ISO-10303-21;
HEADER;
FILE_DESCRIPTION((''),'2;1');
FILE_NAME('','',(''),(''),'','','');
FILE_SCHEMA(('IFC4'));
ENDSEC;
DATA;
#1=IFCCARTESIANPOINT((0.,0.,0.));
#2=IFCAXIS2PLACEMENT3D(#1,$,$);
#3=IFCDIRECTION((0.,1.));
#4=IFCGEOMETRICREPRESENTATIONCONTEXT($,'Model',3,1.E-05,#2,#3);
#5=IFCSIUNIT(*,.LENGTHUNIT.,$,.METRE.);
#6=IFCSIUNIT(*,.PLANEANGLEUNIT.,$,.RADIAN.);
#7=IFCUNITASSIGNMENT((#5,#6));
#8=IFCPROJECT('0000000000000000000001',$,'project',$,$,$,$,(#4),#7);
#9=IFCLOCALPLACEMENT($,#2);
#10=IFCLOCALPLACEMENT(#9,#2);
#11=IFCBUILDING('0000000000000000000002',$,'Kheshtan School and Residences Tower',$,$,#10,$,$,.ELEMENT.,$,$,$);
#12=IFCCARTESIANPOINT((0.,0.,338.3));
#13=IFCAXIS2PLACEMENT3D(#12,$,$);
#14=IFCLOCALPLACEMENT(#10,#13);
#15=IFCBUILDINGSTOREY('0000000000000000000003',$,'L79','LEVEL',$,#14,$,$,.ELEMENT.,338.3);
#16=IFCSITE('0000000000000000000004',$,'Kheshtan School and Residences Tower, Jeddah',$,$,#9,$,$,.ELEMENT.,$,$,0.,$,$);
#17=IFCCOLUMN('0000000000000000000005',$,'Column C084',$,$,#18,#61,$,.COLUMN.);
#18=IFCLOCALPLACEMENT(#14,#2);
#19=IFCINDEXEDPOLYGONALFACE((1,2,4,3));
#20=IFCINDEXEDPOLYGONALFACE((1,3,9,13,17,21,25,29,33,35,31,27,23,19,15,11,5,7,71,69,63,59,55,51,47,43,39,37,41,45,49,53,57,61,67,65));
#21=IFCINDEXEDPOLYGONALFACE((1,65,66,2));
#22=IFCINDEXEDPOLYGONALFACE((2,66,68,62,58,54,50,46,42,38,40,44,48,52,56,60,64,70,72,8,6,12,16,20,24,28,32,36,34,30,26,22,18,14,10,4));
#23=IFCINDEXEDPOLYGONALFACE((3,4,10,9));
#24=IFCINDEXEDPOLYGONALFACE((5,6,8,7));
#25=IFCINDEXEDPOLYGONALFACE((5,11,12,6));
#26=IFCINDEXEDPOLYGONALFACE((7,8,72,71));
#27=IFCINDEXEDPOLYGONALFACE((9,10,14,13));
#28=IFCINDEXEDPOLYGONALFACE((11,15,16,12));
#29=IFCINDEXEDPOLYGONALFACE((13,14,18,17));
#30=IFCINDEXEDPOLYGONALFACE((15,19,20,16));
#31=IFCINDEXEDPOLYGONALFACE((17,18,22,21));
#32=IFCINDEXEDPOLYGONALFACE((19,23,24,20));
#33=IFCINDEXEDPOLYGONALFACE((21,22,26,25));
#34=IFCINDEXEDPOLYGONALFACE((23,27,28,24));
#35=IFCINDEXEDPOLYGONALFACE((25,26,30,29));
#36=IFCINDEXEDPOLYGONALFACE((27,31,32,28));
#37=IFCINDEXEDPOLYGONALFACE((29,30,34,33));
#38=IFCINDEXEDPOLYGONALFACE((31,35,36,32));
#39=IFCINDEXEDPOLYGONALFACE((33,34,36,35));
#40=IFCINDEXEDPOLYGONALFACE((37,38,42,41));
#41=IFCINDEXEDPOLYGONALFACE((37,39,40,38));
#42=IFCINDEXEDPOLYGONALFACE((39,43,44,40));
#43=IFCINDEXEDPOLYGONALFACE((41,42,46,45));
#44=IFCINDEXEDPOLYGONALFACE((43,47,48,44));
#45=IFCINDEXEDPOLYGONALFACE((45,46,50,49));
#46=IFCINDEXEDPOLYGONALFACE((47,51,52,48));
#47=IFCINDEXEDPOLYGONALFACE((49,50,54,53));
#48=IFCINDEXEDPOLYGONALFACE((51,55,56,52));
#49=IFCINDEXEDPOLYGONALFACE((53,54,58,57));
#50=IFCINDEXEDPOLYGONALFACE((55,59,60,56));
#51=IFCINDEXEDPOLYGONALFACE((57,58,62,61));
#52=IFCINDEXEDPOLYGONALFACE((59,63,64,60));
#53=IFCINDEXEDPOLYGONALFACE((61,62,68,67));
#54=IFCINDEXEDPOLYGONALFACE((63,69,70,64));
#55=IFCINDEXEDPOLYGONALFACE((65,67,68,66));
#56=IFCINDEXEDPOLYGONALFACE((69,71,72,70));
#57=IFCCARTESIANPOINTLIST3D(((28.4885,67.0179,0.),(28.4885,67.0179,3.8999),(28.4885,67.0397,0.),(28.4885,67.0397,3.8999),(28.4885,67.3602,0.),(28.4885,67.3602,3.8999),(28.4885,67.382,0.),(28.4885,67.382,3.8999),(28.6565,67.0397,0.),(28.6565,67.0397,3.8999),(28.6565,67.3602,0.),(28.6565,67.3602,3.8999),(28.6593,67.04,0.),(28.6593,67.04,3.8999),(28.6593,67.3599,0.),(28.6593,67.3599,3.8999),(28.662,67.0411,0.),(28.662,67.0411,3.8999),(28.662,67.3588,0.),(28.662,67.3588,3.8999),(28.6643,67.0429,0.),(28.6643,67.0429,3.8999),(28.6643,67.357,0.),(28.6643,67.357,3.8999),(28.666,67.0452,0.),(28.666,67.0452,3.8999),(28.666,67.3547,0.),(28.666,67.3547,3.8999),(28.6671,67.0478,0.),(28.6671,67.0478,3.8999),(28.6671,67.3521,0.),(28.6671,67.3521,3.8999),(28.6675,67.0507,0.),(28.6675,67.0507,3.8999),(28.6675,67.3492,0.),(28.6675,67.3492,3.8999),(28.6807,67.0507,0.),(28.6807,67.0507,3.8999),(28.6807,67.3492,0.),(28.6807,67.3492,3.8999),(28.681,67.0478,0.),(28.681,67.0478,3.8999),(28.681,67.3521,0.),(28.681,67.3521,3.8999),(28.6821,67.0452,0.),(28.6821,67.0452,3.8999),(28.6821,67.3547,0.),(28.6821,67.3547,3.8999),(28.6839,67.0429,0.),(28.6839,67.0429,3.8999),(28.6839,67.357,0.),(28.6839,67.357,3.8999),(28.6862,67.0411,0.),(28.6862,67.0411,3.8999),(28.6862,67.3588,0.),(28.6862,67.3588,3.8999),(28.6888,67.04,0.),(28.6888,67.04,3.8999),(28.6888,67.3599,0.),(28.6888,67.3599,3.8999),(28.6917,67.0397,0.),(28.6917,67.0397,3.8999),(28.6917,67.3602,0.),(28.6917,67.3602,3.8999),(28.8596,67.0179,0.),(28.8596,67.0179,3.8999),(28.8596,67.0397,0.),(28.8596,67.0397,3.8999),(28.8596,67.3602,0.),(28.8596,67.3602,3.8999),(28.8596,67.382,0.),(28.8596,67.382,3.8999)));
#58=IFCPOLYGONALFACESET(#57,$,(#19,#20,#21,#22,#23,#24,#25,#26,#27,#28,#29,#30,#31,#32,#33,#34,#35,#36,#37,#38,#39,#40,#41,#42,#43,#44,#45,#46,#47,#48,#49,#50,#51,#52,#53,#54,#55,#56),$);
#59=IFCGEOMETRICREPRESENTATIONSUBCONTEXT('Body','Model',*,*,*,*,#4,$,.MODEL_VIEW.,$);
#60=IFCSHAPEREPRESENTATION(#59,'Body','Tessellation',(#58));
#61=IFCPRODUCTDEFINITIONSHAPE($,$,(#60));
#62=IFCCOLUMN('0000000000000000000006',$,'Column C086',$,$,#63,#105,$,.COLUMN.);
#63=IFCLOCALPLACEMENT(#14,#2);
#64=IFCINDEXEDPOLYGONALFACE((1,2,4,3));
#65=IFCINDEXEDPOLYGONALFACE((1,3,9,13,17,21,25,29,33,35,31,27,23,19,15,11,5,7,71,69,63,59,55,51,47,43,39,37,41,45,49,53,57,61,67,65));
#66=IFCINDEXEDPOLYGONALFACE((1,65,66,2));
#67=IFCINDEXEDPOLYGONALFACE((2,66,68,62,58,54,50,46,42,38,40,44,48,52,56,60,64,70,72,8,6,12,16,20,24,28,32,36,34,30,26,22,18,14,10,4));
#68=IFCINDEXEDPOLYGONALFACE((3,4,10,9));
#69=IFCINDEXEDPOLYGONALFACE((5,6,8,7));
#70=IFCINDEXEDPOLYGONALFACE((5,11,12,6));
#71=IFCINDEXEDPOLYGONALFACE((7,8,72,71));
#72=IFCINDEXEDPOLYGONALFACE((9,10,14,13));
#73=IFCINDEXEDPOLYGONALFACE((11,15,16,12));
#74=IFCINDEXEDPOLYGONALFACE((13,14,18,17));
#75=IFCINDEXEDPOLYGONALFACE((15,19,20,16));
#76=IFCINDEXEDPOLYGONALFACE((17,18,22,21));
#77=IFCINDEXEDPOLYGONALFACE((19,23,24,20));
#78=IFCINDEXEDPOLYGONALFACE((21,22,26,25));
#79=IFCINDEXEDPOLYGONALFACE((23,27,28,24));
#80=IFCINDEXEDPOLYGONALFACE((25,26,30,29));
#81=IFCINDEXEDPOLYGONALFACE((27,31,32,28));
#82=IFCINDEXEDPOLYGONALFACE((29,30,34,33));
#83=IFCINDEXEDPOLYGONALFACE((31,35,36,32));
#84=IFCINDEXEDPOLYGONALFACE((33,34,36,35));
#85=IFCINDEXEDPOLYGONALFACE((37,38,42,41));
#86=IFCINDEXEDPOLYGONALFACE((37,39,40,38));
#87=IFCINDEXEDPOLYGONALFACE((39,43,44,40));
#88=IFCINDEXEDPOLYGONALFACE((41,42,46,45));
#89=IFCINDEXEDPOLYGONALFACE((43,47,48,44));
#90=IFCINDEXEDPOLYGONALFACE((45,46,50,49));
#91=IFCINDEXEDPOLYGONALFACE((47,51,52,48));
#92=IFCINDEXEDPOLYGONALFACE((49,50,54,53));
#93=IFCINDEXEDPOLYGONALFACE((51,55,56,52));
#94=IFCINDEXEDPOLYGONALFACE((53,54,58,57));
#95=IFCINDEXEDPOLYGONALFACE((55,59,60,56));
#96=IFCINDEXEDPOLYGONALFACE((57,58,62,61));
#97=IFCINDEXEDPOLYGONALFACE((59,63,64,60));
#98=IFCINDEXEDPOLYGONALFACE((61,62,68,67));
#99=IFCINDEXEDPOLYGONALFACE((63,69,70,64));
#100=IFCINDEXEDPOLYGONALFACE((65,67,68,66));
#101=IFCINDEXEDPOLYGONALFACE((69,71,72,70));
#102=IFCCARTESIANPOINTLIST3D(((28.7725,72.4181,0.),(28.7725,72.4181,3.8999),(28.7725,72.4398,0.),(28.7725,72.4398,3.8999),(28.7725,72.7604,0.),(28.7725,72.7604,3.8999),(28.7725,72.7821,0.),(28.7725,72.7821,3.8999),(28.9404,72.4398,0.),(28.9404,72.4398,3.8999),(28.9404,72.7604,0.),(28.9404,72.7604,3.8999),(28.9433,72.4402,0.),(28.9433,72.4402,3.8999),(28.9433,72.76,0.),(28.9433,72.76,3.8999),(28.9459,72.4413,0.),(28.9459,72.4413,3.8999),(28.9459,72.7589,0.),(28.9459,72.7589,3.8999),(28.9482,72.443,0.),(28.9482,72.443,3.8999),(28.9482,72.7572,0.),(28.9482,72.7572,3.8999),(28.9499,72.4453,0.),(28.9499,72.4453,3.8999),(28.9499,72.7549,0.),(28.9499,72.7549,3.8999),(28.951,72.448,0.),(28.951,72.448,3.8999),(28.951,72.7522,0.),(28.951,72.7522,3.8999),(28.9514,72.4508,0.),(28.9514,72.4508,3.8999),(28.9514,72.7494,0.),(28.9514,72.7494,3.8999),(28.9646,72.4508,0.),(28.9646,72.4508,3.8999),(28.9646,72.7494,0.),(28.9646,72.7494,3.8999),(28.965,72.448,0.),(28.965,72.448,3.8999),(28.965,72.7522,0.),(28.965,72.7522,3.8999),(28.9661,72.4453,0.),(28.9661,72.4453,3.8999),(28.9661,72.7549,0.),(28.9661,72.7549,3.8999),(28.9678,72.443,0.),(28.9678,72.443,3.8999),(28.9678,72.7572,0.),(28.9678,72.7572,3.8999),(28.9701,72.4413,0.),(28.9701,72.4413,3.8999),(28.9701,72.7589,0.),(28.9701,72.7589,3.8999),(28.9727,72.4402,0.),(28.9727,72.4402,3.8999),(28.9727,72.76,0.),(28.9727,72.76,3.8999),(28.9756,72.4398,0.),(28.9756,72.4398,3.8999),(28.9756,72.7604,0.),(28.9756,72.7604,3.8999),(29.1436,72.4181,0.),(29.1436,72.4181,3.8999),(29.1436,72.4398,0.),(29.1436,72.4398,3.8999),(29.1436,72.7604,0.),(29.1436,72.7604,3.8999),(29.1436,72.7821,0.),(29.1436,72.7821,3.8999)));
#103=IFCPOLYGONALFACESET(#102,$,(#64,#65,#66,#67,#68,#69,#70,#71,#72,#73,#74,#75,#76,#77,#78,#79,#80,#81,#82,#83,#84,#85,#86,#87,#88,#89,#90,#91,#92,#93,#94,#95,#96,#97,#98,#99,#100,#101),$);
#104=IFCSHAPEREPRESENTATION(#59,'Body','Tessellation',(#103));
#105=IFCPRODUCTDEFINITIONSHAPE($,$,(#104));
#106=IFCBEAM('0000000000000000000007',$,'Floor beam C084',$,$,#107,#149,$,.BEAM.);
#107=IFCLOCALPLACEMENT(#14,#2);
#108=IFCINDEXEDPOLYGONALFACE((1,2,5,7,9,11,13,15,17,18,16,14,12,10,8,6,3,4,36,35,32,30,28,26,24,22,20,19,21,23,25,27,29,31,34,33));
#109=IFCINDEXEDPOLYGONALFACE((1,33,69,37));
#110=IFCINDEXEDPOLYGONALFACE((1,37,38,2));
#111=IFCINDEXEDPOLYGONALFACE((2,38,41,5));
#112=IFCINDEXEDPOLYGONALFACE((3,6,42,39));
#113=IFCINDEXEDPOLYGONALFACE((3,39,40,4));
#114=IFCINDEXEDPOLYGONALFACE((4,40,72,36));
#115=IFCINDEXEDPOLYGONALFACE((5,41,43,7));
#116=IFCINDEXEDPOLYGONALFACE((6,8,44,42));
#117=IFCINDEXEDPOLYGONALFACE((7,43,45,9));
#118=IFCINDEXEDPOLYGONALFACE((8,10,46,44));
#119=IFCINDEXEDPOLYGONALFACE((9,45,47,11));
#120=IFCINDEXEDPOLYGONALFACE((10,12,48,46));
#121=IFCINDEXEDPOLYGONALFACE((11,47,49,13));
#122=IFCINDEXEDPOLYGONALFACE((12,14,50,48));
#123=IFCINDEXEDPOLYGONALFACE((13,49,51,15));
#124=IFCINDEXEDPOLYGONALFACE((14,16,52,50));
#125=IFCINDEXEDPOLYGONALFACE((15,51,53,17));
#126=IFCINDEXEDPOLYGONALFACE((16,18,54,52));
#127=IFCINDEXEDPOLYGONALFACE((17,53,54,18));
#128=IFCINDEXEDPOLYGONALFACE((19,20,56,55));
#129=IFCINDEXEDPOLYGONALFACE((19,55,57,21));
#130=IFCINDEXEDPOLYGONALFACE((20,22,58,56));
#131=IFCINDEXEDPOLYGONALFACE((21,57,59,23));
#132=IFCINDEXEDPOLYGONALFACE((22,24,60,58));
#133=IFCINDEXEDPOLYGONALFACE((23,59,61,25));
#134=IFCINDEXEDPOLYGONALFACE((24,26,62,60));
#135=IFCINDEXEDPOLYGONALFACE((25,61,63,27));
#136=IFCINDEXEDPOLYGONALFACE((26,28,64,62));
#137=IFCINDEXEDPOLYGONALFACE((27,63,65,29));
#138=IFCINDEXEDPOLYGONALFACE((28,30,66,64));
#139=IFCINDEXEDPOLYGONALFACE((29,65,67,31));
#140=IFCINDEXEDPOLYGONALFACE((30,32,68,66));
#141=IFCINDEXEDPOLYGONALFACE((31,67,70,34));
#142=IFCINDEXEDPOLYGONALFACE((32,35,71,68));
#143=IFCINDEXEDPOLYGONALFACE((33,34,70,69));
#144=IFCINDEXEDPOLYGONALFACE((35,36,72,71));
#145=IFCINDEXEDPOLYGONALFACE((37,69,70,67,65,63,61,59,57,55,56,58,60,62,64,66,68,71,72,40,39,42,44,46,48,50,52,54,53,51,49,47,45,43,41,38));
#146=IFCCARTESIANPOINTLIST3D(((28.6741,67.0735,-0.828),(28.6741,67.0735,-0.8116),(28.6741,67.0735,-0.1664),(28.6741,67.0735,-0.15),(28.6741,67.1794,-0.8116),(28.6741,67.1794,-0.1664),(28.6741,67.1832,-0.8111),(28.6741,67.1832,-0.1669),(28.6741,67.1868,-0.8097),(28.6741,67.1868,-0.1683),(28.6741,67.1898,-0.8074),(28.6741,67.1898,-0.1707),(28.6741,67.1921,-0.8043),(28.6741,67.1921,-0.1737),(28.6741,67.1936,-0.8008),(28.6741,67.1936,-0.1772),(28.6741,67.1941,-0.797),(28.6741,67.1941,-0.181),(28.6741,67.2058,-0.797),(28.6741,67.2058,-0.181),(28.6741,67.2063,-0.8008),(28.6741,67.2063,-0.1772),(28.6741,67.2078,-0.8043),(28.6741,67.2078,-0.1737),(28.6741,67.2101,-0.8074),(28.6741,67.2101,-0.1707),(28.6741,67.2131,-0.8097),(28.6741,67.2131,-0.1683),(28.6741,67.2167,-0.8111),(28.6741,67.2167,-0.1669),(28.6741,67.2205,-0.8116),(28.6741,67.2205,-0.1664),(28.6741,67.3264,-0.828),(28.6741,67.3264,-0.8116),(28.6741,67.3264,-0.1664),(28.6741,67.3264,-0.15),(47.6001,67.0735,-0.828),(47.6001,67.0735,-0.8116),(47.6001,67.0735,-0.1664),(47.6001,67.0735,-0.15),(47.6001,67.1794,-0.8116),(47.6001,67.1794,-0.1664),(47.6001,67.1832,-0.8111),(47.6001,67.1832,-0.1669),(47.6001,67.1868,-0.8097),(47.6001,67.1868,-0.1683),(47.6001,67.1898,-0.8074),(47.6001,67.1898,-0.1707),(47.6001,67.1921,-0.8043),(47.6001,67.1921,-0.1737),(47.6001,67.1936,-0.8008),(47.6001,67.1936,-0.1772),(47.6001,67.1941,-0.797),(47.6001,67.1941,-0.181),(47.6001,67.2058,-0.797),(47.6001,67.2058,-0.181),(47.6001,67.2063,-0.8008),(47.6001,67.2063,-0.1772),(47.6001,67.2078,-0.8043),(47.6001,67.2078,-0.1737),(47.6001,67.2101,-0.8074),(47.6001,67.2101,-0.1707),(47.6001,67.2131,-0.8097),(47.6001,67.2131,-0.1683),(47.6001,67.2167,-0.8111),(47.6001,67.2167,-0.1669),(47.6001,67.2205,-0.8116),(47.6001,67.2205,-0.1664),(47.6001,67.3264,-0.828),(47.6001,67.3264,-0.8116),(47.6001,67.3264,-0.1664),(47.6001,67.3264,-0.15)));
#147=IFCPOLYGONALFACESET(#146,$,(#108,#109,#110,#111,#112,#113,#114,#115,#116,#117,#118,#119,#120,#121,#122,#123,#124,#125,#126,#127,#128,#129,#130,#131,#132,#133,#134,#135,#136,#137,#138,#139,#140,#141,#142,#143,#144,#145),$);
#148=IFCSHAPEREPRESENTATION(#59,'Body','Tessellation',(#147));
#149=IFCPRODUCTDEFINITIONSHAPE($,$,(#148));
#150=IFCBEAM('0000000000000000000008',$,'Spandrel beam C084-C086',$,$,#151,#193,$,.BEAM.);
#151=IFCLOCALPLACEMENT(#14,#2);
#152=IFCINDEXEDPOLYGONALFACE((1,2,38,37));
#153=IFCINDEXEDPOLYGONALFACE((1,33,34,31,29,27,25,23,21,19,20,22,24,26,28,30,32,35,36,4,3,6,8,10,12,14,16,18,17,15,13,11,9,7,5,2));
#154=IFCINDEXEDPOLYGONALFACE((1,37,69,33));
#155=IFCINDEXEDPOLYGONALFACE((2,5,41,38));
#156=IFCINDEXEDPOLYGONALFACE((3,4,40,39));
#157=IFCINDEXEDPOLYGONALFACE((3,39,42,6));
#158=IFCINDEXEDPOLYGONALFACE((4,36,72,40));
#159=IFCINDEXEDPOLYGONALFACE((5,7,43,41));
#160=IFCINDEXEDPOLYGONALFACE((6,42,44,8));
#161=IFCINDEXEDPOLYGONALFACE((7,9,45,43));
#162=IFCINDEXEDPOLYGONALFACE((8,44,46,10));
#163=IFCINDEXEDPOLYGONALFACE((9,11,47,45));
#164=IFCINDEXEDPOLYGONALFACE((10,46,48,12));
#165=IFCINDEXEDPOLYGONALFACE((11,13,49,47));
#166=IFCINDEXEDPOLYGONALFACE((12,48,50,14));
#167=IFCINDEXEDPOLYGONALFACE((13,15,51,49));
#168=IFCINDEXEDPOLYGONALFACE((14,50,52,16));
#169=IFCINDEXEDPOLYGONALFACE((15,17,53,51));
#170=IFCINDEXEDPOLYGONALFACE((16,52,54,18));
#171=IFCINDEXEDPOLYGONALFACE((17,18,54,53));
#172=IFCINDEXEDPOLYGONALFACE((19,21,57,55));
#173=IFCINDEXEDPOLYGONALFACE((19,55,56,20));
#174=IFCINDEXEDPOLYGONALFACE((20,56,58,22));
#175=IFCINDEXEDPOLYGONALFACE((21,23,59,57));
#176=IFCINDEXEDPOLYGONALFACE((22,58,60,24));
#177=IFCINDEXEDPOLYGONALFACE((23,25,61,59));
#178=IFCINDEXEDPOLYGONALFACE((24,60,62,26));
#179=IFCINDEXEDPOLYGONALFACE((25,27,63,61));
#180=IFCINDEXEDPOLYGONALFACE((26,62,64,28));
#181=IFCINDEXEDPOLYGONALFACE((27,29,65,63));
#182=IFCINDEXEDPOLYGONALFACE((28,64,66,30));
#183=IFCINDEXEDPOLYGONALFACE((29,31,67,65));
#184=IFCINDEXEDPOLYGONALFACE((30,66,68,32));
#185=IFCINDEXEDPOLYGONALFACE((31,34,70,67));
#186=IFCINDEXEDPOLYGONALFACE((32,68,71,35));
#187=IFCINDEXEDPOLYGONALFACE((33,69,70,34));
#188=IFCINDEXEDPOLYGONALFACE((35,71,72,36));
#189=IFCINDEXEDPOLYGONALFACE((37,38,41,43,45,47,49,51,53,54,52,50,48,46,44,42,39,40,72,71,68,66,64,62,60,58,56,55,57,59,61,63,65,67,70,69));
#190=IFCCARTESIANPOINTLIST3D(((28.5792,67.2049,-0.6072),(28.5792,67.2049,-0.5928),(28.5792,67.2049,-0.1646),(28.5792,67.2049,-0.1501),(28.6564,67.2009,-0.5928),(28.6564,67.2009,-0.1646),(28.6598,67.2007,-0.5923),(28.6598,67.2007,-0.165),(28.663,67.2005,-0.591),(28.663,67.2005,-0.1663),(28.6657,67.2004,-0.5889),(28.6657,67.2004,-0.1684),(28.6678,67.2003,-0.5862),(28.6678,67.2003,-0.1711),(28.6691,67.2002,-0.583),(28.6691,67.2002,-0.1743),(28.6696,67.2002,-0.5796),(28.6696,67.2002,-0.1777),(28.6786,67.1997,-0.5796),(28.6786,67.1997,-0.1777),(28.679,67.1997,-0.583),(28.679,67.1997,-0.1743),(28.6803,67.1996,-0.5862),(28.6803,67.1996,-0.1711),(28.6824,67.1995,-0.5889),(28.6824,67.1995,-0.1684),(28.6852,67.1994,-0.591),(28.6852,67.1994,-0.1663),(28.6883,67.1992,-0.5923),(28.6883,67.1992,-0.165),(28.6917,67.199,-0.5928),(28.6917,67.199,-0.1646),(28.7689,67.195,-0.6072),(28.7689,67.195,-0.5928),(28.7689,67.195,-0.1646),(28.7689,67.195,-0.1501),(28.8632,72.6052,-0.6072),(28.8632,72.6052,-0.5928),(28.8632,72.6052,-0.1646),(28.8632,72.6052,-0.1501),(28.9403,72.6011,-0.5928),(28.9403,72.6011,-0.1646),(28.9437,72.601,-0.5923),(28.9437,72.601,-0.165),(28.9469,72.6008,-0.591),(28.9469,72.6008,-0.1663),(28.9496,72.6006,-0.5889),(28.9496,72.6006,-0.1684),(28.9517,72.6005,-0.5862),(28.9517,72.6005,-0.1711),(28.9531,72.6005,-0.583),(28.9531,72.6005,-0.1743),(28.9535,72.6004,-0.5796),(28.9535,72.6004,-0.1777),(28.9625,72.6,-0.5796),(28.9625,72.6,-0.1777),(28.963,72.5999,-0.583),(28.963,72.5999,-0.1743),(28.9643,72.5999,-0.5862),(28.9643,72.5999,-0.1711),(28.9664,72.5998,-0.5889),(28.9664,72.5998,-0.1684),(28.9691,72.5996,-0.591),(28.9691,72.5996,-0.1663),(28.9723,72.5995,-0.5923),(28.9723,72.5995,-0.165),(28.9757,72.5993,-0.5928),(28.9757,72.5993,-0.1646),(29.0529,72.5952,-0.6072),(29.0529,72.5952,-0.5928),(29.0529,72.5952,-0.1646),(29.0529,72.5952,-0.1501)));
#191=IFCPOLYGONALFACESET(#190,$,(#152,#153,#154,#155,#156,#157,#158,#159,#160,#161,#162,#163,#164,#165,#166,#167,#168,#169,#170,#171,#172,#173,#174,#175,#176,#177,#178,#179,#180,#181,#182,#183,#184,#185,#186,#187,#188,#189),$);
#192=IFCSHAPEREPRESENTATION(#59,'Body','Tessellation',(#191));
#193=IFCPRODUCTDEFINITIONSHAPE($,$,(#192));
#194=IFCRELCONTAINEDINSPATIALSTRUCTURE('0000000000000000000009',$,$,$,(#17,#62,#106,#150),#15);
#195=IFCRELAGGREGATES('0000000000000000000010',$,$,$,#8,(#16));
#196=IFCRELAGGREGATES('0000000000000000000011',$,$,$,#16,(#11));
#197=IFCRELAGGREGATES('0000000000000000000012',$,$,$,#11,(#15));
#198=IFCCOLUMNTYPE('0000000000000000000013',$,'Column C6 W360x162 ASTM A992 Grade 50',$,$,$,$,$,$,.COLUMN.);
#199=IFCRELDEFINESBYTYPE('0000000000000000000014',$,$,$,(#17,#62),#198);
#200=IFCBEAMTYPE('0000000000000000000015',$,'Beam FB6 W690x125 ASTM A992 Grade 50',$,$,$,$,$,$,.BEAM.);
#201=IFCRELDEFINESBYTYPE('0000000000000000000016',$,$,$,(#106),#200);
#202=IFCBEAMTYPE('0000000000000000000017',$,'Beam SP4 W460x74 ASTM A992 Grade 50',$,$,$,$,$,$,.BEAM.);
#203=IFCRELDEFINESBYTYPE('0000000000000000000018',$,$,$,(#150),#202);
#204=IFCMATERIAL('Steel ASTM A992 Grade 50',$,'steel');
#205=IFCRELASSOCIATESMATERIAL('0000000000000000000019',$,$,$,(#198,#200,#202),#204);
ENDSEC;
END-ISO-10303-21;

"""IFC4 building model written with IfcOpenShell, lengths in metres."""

from ifc_helpers import new_model, si_unit, direction, frame, origin, origin_2d, place, context, subcontext, project, spatial, i_section, extrude, material, material_profile, profile_set, type_object, element, save


model = new_model("IFC4")

# Units and contexts
model_context = context("Model", 3, precision=1e-05, world=origin(), true_north=direction((0.0, 1.0)))
body_context = subcontext(model_context, "Body", "Model", "MODEL_VIEW")
ifc_project = project(units=[si_unit("LENGTHUNIT", "METRE"), si_unit("PLANEANGLEUNIT", "RADIAN")], contexts=[model_context])

# Site, building, storey
site_placement = place(None, origin())
site = spatial("IfcSite", under=ifc_project, at=site_placement, Name="Kheshtan School and Residences Tower, Jeddah", CompositionType="ELEMENT", RefElevation=0.0)
building_placement = place(site_placement, origin())
building = spatial("IfcBuilding", under=site, at=building_placement, Name="Kheshtan School and Residences Tower", CompositionType="ELEMENT")
storey_placement = place(building_placement, frame((0.0, 0.0, 338.3)))
storey = spatial("IfcBuildingStorey", under=building, at=storey_placement, Name="L79", Description="LEVEL", CompositionType="ELEMENT", Elevation=338.3)

# Columns
ifc_material_1 = material(Name="Steel ASTM A992 Grade 50", Category="steel")
ifc_material_profile_1 = material_profile(ifc_material_1, i_section(OverallWidth=0.3711, OverallDepth=0.364, WebThickness=0.0132, FlangeThickness=0.0217, FilletRadius=0.011, at=origin_2d()), Name="W360x162")
ifc_profile_set_1 = profile_set([ifc_material_profile_1], Name="Steel ASTM A992 Grade 50")
column_type = type_object("IfcColumnType", Name="Column C6 W360x162 ASTM A992 Grade 50", PredefinedType="COLUMN", material=ifc_profile_set_1)
for number, where, z_axis, x_axis, name in (
    (1, (28.6741, 67.2, 0.0), (0.0, 0.0, 1.0), (1.0, 0.0, 0.0), "Column C084"),
    (2, (28.958, 72.6001, 0.0), (0.0, 0.0, 1.0), (1.0, 0.0, 0.0), "Column C086"),
):
    element("IfcColumn", number, at=place(storey_placement, frame(where, z_axis=z_axis, x_axis=x_axis)), inside=storey, type_object=column_type, Name=name, PredefinedType="COLUMN", context=body_context, shape_type="SweptSolid", body=[
        extrude(i_section(OverallWidth=0.3711, OverallDepth=0.364, WebThickness=0.0132, FlangeThickness=0.0217, FilletRadius=0.011, at=origin_2d()), origin(), (0.0, 0.0, 1.0), 3.8999),
    ])

# Beams
ifc_material_profile_2 = material_profile(ifc_material_1, i_section(OverallWidth=0.2529, OverallDepth=0.678, WebThickness=0.0117, FlangeThickness=0.0164, FilletRadius=0.0146, at=origin_2d()), Name="W690x125")
ifc_profile_set_2 = profile_set([ifc_material_profile_2], Name="Steel ASTM A992 Grade 50")
beam_type_1 = type_object("IfcBeamType", Name="Beam FB6 W690x125 ASTM A992 Grade 50", PredefinedType="BEAM", material=ifc_profile_set_2)
beam_1_placement = place(storey_placement, frame((28.6741, 67.2, -0.489), z_axis=(1.0, 0.0, 0.0), x_axis=(0.0, 1.0, 0.0)))
element("IfcBeam", 3, at=beam_1_placement, inside=storey, type_object=beam_type_1, Name="Floor beam C084", PredefinedType="BEAM", context=body_context, shape_type="SweptSolid", body=[
    extrude(i_section(OverallWidth=0.2529, OverallDepth=0.678, WebThickness=0.0117, FlangeThickness=0.0164, FilletRadius=0.0146, at=origin_2d()), origin(), (0.0, 0.0, 1.0), 18.926),
])
ifc_material_profile_3 = material_profile(ifc_material_1, i_section(OverallWidth=0.1899, OverallDepth=0.457, WebThickness=0.009, FlangeThickness=0.0144, FilletRadius=0.0132, at=origin_2d()), Name="W460x74")
ifc_profile_set_3 = profile_set([ifc_material_profile_3], Name="Steel ASTM A992 Grade 50")
beam_type_2 = type_object("IfcBeamType", Name="Beam SP4 W460x74 ASTM A992 Grade 50", PredefinedType="BEAM", material=ifc_profile_set_3)
beam_2_placement = place(storey_placement, frame((28.6741, 67.2, -0.3787), z_axis=(0.052507, 0.998621, 0.0), x_axis=(-0.998621, 0.052507, 0.0)))
element("IfcBeam", 4, at=beam_2_placement, inside=storey, type_object=beam_type_2, Name="Spandrel beam C084-C086", PredefinedType="BEAM", context=body_context, shape_type="SweptSolid", body=[
    extrude(i_section(OverallWidth=0.1899, OverallDepth=0.457, WebThickness=0.009, FlangeThickness=0.0144, FilletRadius=0.0132, at=origin_2d()), origin(), (0.0, 0.0, 1.0), 5.4077),
])

save(model, "model.ifc")
